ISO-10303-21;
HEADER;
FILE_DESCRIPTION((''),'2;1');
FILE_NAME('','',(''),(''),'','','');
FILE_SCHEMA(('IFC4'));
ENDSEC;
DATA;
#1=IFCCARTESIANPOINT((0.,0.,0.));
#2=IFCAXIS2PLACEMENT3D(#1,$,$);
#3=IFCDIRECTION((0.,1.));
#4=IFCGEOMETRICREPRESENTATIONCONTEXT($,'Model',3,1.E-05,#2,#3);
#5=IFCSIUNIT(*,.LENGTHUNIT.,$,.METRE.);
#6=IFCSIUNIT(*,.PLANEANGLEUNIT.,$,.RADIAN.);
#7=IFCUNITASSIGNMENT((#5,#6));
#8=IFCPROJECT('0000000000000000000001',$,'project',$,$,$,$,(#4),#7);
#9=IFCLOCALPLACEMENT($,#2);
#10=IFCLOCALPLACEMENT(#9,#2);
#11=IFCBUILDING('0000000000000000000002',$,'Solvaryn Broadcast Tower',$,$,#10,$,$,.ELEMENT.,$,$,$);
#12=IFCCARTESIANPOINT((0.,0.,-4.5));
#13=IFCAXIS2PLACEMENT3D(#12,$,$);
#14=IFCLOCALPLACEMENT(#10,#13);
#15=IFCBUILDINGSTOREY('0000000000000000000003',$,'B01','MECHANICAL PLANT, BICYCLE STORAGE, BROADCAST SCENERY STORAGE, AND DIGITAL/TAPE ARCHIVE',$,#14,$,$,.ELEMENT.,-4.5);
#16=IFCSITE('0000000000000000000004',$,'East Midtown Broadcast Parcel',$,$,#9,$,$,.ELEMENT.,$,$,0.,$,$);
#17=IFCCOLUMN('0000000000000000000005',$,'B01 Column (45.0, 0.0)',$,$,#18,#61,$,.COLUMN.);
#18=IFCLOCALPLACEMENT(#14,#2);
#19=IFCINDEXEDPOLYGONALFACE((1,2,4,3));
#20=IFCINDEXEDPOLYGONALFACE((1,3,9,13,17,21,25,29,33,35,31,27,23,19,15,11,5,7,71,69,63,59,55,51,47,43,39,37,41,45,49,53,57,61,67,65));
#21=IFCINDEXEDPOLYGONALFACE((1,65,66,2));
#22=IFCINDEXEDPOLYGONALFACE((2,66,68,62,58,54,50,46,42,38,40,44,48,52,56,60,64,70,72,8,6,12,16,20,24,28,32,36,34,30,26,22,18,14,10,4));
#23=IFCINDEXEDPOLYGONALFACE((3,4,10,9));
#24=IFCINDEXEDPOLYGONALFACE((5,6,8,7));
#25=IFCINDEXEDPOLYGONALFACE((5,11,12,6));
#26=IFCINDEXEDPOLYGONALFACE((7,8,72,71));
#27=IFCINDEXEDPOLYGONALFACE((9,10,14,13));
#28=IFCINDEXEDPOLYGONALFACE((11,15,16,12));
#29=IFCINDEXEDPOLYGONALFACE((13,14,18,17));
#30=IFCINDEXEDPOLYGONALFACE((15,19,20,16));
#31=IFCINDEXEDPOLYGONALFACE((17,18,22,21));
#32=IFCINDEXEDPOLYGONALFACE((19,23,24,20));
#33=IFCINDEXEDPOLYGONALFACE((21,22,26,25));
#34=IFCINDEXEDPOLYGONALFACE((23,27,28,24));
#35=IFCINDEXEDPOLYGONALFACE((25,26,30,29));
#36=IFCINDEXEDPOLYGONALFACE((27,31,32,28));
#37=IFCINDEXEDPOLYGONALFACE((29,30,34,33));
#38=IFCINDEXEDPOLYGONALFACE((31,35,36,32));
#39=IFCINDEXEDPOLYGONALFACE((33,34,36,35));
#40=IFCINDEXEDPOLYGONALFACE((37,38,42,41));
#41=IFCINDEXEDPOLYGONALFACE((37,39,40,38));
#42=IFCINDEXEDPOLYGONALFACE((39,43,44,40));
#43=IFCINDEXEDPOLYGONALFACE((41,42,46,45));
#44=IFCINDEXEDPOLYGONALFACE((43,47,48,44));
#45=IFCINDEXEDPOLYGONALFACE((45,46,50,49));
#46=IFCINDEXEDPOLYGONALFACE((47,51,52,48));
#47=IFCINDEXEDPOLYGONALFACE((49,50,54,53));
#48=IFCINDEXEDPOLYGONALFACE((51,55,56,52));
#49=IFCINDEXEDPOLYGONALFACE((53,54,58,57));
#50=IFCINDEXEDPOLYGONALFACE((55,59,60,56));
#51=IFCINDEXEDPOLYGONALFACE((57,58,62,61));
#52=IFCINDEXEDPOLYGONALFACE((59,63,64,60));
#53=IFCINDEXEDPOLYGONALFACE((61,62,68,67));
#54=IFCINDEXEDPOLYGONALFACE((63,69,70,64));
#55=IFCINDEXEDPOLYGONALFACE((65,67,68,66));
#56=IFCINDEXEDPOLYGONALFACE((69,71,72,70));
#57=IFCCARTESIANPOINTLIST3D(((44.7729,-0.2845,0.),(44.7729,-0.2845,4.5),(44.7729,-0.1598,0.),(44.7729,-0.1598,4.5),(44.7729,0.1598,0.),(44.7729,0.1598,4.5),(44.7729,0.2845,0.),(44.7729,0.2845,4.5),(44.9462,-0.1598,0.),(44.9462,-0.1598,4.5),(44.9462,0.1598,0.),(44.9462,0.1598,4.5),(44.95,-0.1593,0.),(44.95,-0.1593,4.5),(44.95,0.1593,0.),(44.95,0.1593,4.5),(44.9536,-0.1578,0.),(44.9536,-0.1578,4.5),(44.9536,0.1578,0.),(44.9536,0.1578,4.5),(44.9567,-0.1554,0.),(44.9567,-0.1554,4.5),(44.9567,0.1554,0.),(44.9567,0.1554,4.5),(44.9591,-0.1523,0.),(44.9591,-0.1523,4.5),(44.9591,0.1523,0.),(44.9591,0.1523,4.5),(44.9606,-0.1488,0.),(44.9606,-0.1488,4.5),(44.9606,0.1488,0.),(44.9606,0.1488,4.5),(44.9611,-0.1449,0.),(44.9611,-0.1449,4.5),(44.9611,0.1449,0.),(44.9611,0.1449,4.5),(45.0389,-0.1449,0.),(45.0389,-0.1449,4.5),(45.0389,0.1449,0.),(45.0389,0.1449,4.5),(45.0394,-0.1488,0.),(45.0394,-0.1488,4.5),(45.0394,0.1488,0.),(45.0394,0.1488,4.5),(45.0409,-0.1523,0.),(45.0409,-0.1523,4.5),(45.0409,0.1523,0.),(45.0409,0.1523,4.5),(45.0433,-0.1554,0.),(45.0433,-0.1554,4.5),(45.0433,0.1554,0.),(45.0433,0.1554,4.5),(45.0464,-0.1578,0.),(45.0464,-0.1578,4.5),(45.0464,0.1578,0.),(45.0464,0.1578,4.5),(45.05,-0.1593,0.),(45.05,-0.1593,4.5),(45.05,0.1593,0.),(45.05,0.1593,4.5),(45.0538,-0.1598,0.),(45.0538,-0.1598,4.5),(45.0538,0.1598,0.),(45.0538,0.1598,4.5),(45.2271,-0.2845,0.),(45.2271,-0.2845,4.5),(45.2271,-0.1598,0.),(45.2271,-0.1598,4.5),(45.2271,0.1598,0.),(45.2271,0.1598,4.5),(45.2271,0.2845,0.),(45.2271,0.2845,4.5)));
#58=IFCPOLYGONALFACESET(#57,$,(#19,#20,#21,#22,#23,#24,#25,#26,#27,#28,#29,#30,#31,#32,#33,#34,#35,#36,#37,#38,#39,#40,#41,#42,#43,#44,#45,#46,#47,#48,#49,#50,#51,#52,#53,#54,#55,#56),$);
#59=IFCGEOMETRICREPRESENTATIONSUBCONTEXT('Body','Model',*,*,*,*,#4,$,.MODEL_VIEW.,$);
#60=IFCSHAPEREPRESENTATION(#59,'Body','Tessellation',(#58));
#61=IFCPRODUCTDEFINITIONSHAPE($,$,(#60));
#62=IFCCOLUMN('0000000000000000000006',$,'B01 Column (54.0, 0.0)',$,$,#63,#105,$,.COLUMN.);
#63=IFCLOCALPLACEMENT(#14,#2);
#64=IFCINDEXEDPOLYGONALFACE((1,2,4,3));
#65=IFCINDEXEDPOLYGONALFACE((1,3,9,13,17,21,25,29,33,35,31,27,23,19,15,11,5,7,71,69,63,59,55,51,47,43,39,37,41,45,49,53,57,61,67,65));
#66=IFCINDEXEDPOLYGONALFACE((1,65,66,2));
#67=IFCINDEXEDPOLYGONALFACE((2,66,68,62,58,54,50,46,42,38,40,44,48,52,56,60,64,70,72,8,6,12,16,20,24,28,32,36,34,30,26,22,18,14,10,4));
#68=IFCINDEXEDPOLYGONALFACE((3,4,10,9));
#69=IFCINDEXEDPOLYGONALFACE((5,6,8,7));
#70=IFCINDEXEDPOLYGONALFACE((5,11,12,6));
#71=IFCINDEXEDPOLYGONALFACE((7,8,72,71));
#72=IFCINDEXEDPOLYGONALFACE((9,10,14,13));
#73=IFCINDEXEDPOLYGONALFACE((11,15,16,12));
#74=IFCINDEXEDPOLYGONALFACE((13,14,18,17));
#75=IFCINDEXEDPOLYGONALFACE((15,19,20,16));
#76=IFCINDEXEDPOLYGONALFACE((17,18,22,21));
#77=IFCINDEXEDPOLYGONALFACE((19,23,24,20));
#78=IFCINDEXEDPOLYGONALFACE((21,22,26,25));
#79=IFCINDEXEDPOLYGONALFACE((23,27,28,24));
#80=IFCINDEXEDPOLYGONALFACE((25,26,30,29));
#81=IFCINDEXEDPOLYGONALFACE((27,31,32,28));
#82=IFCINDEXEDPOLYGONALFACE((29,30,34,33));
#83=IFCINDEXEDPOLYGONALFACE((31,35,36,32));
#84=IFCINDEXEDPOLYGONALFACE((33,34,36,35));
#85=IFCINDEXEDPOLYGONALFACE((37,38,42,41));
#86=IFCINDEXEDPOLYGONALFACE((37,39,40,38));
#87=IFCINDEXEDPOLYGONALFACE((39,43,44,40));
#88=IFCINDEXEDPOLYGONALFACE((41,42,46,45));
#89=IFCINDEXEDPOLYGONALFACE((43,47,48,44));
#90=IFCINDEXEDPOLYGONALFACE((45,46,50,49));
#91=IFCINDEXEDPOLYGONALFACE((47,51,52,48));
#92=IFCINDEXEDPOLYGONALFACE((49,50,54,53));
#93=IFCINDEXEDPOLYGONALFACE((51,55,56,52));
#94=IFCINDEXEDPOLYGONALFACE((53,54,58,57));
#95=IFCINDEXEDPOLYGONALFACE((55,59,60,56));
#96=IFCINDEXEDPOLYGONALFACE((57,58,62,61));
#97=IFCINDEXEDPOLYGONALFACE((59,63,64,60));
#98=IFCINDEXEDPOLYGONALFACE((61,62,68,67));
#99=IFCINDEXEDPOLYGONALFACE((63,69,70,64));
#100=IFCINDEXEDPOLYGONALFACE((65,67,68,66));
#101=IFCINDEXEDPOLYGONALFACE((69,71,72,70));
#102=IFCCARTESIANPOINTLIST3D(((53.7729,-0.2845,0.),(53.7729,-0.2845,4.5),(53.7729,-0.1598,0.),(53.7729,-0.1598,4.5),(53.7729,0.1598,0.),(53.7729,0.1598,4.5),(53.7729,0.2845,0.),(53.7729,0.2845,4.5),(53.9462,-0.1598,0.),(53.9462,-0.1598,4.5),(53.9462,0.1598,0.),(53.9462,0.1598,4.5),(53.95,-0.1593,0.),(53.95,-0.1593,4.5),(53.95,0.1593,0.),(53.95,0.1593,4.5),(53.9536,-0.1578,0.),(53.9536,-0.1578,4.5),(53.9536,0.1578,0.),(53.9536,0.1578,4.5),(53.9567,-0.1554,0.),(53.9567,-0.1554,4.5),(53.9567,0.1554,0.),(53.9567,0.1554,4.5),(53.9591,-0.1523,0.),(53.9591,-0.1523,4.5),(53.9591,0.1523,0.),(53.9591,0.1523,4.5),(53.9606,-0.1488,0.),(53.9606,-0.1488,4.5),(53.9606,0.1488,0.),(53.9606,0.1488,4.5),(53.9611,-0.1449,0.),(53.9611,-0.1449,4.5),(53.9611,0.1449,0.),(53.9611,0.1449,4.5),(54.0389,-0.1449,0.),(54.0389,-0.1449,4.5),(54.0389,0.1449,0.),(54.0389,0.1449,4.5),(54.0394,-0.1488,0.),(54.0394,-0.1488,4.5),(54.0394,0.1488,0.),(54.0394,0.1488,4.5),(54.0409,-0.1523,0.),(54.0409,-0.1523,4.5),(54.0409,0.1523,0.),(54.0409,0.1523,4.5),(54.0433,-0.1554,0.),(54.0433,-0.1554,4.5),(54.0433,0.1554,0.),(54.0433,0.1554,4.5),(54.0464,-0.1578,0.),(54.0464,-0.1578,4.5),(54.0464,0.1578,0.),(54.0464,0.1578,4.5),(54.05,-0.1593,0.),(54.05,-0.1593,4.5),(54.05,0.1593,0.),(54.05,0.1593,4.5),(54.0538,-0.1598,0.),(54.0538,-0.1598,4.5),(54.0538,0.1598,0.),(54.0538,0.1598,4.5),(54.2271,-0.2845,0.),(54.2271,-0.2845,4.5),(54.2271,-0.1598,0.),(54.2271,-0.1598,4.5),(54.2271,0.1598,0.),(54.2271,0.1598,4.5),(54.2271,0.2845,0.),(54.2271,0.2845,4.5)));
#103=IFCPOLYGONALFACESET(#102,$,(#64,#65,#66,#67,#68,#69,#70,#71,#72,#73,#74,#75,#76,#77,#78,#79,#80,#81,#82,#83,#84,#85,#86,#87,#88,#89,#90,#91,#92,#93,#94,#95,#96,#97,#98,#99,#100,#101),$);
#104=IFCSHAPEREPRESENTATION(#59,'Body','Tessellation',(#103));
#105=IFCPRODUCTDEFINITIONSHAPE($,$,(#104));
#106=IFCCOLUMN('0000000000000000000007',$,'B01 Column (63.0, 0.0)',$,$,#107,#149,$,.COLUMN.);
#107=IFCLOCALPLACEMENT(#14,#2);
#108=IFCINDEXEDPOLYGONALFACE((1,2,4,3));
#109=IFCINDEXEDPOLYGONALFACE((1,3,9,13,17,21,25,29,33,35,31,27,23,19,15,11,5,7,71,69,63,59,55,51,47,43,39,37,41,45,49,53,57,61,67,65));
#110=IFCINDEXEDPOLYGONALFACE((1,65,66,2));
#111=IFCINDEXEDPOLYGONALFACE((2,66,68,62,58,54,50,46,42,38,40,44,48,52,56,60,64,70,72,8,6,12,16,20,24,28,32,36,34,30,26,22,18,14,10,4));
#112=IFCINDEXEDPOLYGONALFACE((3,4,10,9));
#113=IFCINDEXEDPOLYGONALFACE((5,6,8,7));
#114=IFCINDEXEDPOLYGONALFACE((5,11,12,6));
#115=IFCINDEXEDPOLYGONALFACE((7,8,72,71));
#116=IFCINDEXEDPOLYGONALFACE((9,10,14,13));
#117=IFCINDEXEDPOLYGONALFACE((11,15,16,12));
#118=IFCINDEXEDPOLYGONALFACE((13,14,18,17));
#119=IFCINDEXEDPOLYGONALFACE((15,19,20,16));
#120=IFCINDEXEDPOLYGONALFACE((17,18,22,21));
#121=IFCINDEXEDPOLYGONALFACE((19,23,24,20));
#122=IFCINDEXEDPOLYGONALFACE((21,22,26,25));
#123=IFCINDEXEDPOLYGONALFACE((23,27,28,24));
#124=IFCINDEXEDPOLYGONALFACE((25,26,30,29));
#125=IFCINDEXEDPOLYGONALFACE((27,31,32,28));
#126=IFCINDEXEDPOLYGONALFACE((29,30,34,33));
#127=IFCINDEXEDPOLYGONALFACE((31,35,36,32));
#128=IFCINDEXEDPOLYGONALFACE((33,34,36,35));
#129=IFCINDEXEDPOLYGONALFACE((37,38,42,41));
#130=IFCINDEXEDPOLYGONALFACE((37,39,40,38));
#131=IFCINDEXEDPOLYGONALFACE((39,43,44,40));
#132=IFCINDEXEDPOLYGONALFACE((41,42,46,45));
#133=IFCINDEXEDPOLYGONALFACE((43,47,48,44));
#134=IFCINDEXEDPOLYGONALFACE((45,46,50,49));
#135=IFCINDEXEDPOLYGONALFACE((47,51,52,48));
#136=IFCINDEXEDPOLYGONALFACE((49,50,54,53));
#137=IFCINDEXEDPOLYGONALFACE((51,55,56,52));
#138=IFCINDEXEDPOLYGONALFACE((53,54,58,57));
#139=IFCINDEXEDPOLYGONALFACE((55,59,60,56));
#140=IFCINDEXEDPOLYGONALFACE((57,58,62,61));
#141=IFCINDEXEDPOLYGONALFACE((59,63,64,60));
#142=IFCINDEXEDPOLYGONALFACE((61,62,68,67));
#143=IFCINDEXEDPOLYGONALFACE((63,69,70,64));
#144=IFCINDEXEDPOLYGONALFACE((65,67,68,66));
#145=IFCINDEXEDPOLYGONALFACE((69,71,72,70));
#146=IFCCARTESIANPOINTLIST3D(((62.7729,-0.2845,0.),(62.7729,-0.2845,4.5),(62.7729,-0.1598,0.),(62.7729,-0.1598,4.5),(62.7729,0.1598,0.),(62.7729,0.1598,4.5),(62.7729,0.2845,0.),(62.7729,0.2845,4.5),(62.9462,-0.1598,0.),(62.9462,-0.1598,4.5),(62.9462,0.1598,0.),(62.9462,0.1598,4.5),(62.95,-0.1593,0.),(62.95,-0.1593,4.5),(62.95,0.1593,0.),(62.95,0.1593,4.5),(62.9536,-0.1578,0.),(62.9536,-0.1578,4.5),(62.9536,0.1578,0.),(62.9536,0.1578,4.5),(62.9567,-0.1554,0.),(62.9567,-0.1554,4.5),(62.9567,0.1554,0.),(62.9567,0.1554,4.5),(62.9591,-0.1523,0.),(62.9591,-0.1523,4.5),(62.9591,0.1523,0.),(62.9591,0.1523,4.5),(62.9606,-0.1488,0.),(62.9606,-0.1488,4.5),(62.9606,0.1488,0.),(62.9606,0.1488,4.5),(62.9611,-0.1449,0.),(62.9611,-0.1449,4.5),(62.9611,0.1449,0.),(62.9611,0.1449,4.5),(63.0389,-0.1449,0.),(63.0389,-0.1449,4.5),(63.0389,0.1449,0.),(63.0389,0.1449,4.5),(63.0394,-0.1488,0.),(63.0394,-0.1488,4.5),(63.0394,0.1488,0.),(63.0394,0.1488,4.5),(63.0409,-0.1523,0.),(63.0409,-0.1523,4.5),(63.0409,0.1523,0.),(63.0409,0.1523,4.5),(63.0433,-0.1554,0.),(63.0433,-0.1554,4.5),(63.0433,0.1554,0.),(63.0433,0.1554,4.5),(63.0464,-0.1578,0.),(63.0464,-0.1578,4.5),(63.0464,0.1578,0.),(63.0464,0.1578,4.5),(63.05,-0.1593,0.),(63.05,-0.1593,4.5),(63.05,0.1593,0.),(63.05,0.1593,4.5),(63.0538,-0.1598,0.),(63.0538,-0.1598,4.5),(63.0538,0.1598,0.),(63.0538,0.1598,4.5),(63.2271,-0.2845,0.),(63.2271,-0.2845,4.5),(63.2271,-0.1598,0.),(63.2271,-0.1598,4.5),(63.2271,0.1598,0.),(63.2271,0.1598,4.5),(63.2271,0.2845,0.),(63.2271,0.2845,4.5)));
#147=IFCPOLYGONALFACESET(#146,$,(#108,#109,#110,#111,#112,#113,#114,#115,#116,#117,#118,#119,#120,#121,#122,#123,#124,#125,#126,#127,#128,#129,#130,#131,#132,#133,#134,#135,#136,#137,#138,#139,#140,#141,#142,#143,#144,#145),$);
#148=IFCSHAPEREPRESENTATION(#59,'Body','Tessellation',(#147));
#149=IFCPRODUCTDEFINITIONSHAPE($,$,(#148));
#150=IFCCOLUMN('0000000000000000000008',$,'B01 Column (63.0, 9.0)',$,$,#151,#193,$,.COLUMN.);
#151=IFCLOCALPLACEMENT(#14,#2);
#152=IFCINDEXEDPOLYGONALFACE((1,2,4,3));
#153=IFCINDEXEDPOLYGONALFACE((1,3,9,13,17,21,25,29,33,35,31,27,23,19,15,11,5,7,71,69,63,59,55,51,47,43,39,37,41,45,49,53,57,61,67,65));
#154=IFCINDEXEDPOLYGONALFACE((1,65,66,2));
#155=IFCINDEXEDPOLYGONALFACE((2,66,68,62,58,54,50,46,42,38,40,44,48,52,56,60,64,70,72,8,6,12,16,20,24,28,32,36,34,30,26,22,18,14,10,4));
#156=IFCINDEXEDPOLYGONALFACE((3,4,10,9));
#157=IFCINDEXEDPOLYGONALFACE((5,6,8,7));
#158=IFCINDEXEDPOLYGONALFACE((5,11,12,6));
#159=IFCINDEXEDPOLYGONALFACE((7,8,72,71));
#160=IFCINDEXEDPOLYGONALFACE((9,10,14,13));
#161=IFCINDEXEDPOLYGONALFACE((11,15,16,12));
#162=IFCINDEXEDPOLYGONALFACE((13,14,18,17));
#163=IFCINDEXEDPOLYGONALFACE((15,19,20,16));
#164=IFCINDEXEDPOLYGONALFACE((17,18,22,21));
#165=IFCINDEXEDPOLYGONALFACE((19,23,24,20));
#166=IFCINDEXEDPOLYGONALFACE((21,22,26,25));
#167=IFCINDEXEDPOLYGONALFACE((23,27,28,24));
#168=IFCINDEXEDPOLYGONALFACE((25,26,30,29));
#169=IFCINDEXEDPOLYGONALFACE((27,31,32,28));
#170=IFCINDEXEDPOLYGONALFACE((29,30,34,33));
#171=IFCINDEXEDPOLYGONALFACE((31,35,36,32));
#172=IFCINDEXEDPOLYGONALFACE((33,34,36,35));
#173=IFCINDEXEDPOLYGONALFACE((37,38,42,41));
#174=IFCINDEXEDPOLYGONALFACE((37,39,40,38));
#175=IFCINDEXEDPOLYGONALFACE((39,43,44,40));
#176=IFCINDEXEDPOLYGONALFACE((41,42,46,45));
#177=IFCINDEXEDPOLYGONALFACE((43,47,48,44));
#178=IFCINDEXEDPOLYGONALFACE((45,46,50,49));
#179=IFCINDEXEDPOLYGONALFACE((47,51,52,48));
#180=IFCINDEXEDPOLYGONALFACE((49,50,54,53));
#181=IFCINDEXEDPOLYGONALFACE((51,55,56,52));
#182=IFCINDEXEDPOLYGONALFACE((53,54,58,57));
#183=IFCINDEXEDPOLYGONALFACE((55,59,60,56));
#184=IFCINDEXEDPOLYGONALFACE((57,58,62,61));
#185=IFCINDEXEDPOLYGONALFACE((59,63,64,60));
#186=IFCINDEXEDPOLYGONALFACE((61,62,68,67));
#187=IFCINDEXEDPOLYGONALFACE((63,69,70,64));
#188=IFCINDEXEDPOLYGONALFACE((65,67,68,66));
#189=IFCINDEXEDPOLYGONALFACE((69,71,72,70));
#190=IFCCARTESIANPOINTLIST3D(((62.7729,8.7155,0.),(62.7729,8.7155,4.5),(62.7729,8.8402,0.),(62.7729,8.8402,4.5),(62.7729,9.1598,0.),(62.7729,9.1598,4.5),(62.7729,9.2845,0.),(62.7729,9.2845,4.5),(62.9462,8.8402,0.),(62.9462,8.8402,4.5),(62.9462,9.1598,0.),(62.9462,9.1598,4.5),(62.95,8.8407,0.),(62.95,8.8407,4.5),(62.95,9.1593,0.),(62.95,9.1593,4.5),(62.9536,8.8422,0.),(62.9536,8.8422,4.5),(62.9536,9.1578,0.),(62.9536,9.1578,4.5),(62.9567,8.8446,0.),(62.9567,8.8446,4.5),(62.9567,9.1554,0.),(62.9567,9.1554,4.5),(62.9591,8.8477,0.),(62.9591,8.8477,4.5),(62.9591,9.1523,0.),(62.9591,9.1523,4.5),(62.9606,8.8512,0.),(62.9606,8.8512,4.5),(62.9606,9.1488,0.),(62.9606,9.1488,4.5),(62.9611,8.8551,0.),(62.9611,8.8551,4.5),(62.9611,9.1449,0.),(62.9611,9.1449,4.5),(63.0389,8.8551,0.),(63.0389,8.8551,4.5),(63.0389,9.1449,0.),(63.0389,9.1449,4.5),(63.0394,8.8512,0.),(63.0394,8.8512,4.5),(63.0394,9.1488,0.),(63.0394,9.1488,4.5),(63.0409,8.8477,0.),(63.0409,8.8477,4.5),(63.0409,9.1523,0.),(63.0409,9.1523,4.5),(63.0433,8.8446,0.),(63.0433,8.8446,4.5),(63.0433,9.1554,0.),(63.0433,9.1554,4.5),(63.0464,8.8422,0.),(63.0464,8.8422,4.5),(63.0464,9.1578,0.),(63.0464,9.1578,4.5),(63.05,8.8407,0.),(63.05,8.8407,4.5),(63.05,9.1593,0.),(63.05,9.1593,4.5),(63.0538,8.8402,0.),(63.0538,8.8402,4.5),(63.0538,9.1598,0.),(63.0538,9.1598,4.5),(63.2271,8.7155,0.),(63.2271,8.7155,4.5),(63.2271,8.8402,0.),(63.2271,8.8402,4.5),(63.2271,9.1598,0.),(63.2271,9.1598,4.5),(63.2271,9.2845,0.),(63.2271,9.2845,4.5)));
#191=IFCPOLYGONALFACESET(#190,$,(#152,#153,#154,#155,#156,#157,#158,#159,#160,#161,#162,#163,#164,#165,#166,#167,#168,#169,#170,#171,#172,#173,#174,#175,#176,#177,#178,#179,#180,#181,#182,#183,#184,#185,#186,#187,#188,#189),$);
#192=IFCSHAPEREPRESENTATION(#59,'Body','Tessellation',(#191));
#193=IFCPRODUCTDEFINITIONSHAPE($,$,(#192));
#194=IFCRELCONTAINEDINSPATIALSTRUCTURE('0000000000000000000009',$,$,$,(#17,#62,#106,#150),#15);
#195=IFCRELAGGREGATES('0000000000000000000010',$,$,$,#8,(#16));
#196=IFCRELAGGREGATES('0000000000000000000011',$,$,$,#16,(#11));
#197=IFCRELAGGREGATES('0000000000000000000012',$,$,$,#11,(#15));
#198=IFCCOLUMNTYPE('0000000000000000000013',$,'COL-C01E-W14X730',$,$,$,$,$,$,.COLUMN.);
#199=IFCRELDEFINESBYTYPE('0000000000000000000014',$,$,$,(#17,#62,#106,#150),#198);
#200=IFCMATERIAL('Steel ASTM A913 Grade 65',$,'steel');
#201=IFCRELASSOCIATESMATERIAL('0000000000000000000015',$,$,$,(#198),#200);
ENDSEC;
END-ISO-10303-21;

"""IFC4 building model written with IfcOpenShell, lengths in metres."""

from ifc_helpers import new_model, si_unit, direction, frame, origin, origin_2d, place, context, subcontext, project, spatial, i_section, extrude, material, material_profile, profile_set, type_object, element, save


model = new_model("IFC4")

# Units and contexts
model_context = context("Model", 3, precision=1e-05, world=origin(), true_north=direction((0.0, 1.0)))
body_context = subcontext(model_context, "Body", "Model", "MODEL_VIEW")
ifc_project = project(units=[si_unit("LENGTHUNIT", "METRE"), si_unit("PLANEANGLEUNIT", "RADIAN")], contexts=[model_context])

# Site, building, storey
site_placement = place(None, origin())
site = spatial("IfcSite", under=ifc_project, at=site_placement, Name="East Midtown Broadcast Parcel", CompositionType="ELEMENT", RefElevation=0.0)
building_placement = place(site_placement, origin())
building = spatial("IfcBuilding", under=site, at=building_placement, Name="Solvaryn Broadcast Tower", CompositionType="ELEMENT")
storey_placement = place(building_placement, frame((0.0, 0.0, -4.5)))
storey = spatial("IfcBuildingStorey", under=building, at=storey_placement, Name="B01", Description="MECHANICAL PLANT, BICYCLE STORAGE, BROADCAST SCENERY STORAGE, AND DIGITAL/TAPE ARCHIVE", CompositionType="ELEMENT", Elevation=-4.5)

# Columns
ifc_material_1 = material(Name="Steel ASTM A913 Grade 65", Category="steel")
ifc_material_profile_1 = material_profile(ifc_material_1, i_section(OverallWidth=0.4541, OverallDepth=0.5691, WebThickness=0.0779, FlangeThickness=0.1248, FilletRadius=0.0149, at=origin_2d()))
ifc_profile_set_1 = profile_set([ifc_material_profile_1], Name="Steel ASTM A913 Grade 65")
column_type_1 = type_object("IfcColumnType", Name="COL-C01E-W14X730", PredefinedType="COLUMN", material=ifc_profile_set_1)
for number, where, z_axis, x_axis, name in (
    (1, (45.0, 0.0, 0.0), (0.0, 0.0, 1.0), (1.0, 0.0, 0.0), "B01 Column (45.0, 0.0)"),
    (2, (54.0, 0.0, 0.0), (0.0, 0.0, 1.0), (1.0, 0.0, 0.0), "B01 Column (54.0, 0.0)"),
    (3, (63.0, 0.0, 0.0), (0.0, 0.0, 1.0), (1.0, 0.0, 0.0), "B01 Column (63.0, 0.0)"),
    (4, (63.0, 9.0, 0.0), (0.0, 0.0, 1.0), (1.0, 0.0, 0.0), "B01 Column (63.0, 9.0)"),
):
    element("IfcColumn", number, at=place(storey_placement, frame(where, z_axis=z_axis, x_axis=x_axis)), inside=storey, type_object=column_type_1, Name=name, PredefinedType="COLUMN", context=body_context, shape_type="SweptSolid", body=[
        extrude(i_section(OverallWidth=0.4541, OverallDepth=0.5691, WebThickness=0.0779, FlangeThickness=0.1248, FilletRadius=0.0149, at=origin_2d()), origin(), (0.0, 0.0, 1.0), 4.5),
    ])

save(model, "model.ifc")
